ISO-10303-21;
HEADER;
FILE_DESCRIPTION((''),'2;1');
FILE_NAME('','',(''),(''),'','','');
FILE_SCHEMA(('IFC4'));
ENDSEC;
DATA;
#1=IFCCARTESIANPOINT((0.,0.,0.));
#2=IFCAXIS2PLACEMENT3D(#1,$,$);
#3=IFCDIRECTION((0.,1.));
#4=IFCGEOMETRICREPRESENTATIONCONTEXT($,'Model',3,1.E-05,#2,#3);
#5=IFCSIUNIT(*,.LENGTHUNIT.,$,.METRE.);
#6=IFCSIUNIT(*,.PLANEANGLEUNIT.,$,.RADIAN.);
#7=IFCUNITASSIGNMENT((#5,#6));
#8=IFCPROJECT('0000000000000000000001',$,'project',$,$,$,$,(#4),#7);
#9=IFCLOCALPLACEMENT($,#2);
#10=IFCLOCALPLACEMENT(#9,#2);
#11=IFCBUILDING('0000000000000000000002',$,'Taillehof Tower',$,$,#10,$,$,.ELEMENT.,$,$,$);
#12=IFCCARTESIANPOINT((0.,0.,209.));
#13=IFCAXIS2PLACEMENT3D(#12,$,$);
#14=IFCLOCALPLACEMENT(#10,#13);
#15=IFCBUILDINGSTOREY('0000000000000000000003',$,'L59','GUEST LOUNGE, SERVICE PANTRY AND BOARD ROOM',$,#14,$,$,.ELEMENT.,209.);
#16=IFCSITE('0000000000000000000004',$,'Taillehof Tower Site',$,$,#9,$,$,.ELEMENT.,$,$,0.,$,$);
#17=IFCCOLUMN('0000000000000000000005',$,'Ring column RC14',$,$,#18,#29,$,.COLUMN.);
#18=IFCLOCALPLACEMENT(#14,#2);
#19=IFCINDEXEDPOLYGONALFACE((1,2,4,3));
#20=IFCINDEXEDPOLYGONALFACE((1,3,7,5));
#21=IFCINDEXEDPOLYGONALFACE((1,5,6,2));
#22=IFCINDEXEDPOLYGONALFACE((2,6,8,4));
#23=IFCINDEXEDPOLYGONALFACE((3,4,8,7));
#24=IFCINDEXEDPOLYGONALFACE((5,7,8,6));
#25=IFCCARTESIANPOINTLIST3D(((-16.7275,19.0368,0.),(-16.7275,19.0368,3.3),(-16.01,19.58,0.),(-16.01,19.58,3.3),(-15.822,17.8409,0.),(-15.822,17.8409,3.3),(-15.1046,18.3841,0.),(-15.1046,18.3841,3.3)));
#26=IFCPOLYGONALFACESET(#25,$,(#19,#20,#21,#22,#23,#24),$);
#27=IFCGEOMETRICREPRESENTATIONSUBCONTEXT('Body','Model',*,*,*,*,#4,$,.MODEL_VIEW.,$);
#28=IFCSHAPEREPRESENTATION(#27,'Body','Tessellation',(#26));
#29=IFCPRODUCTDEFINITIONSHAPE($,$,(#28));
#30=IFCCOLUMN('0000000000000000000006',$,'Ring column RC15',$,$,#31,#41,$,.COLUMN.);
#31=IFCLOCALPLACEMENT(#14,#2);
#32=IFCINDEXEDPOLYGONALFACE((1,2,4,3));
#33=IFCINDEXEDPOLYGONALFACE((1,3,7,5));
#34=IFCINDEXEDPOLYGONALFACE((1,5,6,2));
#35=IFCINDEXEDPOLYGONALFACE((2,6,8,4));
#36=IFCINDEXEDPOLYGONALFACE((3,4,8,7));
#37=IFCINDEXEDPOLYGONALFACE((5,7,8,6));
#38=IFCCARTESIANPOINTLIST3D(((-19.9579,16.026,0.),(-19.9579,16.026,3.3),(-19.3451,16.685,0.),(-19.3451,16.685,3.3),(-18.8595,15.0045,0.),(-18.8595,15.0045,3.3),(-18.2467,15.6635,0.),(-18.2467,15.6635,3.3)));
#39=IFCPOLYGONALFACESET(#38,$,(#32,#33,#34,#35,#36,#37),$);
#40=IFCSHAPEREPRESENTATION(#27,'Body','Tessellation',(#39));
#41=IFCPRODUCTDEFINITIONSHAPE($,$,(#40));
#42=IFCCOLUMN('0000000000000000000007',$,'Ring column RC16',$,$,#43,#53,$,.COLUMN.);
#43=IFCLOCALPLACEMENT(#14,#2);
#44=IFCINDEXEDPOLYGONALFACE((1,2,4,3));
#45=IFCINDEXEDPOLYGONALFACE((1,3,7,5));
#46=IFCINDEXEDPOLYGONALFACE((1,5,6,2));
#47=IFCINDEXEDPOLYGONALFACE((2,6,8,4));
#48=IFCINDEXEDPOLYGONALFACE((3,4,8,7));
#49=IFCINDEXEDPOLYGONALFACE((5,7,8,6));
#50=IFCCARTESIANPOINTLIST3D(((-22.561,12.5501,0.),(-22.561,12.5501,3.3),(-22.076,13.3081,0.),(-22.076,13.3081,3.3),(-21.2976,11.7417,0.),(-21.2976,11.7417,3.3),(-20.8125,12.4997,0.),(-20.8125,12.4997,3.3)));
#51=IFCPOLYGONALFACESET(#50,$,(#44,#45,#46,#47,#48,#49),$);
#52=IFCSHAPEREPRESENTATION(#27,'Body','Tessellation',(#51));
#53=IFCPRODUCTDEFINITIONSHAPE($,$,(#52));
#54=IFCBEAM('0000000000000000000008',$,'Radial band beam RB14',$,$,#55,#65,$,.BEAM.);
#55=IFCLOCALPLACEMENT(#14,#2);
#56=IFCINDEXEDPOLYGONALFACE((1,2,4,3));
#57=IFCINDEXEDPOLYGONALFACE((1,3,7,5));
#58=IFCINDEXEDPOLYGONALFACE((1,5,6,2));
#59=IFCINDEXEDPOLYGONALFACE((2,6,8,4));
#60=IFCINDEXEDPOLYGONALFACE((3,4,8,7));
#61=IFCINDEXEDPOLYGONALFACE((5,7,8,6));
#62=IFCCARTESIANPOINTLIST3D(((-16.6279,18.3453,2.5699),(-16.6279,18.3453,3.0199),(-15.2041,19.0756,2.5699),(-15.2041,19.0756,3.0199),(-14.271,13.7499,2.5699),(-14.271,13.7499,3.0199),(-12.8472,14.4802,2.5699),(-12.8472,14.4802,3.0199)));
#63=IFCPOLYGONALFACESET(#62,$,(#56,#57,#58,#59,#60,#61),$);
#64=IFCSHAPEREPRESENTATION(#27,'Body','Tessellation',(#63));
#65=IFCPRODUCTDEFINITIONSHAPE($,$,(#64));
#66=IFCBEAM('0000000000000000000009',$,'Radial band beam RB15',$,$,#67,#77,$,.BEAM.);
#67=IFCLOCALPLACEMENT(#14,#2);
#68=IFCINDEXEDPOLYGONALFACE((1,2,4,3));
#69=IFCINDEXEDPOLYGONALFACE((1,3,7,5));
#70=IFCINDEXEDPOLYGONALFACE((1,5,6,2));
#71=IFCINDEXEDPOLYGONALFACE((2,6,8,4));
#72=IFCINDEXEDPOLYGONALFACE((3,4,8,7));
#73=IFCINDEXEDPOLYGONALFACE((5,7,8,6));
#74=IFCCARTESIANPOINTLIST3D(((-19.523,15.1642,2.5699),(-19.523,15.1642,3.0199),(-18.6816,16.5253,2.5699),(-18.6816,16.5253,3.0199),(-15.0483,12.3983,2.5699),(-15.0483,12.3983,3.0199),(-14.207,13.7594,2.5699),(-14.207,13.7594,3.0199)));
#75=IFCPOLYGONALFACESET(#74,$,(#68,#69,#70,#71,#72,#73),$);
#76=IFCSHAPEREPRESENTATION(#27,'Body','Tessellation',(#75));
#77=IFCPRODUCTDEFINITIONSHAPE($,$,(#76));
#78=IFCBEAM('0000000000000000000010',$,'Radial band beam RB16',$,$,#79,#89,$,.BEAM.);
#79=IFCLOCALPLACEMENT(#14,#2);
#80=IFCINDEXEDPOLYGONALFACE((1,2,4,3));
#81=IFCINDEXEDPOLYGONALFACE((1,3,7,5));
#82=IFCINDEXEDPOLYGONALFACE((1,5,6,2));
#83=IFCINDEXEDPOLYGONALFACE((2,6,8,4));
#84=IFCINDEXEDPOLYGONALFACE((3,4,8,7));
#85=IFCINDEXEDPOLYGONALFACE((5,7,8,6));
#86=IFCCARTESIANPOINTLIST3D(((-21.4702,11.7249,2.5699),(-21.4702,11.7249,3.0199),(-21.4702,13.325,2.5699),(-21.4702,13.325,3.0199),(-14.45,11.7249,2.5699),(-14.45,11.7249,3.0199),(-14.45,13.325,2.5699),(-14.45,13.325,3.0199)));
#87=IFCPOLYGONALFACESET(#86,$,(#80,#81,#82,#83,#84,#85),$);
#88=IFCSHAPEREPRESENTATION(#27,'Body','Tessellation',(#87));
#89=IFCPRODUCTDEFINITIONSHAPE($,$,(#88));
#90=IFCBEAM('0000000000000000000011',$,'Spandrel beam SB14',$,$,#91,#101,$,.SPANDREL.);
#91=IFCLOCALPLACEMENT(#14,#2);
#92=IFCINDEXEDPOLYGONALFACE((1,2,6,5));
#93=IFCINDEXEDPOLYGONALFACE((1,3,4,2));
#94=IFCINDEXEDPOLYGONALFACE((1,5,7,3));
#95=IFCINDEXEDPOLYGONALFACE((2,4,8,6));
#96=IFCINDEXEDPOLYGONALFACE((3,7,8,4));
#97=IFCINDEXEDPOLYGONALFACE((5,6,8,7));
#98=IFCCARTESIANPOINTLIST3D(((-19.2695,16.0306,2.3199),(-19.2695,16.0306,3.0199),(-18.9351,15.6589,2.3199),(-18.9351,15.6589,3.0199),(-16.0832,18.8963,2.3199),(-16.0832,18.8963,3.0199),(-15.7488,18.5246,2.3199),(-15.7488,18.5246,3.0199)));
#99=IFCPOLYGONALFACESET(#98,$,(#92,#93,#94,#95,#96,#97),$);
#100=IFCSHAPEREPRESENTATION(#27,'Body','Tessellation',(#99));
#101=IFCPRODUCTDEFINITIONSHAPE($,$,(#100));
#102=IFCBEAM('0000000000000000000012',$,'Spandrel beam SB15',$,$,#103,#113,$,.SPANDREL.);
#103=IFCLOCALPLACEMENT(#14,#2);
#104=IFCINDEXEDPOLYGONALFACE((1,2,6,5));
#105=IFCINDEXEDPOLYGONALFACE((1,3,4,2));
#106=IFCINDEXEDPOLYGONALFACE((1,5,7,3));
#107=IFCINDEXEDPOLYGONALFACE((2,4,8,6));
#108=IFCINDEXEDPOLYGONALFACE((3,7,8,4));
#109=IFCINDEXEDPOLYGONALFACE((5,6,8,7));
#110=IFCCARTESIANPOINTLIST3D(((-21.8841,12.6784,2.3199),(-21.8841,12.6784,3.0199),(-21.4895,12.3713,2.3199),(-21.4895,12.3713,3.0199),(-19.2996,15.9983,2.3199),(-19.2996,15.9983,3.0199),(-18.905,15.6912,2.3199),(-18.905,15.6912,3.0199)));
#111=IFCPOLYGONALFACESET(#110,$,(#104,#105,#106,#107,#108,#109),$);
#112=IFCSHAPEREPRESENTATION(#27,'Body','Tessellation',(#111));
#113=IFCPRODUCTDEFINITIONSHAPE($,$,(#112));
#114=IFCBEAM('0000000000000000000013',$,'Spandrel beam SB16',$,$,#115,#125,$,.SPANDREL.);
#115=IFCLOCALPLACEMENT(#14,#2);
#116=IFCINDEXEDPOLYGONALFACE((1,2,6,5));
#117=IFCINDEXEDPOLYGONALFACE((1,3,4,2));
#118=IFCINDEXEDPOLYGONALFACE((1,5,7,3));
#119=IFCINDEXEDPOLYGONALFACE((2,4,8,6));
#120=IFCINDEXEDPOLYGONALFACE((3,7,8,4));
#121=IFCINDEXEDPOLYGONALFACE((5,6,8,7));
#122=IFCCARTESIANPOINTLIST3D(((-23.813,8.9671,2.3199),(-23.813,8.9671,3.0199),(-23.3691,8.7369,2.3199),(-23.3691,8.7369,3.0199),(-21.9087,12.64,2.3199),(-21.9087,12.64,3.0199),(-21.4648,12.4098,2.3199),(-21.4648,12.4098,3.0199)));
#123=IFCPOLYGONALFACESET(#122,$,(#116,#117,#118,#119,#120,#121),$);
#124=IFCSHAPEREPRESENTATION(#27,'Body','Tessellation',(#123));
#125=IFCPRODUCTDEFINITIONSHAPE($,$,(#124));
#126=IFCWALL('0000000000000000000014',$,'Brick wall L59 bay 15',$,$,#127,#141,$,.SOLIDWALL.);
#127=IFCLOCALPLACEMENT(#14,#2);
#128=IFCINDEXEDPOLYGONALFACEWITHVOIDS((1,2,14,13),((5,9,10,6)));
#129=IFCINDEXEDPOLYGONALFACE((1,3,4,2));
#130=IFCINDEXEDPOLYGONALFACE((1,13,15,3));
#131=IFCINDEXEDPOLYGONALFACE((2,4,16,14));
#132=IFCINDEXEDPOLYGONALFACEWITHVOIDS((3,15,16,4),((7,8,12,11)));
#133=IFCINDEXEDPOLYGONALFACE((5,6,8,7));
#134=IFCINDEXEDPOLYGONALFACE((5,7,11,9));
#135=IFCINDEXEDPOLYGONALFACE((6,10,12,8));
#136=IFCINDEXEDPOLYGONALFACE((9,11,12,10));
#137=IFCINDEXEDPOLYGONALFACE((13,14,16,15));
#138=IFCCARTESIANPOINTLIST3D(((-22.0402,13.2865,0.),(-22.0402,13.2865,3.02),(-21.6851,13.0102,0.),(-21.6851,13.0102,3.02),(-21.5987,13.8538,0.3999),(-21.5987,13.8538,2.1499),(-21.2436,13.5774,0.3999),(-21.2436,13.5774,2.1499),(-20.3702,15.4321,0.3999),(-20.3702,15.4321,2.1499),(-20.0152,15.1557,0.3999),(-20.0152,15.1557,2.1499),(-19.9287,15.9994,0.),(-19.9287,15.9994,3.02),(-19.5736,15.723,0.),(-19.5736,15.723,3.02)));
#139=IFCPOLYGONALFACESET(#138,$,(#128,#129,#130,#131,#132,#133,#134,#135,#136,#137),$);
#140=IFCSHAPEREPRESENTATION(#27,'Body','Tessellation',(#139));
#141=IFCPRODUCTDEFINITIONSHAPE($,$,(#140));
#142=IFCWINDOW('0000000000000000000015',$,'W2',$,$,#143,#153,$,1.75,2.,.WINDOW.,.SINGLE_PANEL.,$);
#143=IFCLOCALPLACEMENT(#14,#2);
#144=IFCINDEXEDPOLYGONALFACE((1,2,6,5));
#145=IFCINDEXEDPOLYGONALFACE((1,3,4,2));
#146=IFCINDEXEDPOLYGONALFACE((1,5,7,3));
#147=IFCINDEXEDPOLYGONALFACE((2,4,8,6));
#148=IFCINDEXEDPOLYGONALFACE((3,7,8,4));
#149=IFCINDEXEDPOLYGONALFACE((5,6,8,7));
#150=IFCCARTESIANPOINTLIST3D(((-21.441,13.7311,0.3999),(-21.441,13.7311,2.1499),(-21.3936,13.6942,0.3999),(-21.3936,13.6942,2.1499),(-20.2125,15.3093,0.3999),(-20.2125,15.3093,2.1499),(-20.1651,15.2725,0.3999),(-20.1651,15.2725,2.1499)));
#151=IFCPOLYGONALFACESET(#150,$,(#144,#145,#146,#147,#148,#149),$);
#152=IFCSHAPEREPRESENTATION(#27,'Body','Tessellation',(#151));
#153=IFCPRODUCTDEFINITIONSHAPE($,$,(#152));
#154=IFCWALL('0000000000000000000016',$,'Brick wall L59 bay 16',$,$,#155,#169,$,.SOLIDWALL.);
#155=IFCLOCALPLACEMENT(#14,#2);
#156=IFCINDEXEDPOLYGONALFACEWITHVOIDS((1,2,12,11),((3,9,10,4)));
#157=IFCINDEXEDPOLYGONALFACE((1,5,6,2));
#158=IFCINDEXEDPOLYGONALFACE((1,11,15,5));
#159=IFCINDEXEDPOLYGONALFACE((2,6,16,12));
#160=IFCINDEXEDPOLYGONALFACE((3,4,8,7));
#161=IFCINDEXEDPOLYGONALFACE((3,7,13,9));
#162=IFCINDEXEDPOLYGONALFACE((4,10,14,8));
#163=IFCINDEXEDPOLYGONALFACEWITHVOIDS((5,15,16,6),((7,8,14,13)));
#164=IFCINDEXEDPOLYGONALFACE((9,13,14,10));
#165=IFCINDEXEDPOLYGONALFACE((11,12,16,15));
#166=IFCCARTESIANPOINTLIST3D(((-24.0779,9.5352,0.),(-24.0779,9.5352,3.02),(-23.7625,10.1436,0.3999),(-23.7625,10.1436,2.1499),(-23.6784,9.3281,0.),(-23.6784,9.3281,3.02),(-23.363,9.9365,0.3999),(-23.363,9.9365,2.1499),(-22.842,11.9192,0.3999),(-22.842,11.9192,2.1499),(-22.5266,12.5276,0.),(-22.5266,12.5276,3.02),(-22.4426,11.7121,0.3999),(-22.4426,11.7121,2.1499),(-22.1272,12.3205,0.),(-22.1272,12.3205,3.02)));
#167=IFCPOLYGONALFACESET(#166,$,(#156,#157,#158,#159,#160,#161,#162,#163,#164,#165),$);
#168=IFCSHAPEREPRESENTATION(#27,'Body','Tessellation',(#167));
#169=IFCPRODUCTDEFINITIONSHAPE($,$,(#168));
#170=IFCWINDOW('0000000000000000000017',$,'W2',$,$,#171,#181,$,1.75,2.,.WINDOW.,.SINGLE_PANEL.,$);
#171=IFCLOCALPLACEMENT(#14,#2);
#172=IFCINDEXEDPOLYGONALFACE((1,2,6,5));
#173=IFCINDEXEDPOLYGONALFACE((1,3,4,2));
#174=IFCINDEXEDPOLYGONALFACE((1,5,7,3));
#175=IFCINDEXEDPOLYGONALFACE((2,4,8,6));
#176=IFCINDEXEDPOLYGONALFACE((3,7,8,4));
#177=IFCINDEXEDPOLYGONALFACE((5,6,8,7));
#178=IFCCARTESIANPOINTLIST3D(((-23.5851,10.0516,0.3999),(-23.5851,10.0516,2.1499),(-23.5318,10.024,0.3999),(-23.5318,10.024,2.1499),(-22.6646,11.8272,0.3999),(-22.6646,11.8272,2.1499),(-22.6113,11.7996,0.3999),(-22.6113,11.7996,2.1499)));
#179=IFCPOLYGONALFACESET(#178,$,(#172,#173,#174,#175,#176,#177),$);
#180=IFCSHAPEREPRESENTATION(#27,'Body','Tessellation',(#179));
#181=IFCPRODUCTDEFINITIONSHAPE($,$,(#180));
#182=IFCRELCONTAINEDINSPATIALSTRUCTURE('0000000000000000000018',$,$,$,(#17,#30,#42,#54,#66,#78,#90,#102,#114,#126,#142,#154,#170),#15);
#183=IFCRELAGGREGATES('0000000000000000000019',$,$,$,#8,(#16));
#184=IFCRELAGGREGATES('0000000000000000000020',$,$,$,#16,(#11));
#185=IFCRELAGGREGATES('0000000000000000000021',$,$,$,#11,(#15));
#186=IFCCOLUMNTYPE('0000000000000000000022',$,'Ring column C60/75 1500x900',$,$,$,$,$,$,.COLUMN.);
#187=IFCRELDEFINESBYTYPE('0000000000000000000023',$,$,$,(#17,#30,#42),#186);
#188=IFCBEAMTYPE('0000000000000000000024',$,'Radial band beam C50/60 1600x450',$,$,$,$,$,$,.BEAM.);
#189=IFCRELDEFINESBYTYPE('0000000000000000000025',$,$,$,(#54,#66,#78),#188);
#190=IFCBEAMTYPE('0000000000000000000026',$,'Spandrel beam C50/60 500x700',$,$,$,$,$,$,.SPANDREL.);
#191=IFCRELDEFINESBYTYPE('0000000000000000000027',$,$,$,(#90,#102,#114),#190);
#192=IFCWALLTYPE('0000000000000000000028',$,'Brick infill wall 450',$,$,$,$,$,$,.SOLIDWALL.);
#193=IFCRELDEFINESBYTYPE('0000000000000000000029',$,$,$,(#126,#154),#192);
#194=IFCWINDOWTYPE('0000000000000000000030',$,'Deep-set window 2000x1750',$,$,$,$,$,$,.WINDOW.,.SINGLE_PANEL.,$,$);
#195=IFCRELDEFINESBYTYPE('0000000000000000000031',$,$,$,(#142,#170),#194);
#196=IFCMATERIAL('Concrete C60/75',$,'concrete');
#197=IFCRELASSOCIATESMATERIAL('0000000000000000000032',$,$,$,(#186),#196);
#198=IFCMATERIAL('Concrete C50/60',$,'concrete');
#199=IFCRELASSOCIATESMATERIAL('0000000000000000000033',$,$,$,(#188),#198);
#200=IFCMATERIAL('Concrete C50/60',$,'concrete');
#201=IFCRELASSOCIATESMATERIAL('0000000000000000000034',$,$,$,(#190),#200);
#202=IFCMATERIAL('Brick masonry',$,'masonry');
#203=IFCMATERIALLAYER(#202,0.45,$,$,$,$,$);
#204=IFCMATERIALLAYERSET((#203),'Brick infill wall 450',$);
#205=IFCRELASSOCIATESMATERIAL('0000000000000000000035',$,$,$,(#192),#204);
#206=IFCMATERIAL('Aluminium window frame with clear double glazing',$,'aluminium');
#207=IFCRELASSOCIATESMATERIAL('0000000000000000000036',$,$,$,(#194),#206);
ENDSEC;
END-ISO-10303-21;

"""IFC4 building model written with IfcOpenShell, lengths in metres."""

from ifc_helpers import new_model, si_unit, direction, frame, frame_2d, origin, origin_2d, place, context, subcontext, project, spatial, rectangle, extrude, material, layer, layer_set, material_profile, profile_set, type_object, element, fill, save


model = new_model("IFC4")

# Units and contexts
model_context = context("Model", 3, precision=1e-05, world=origin(), true_north=direction((0.0, 1.0)))
body_context = subcontext(model_context, "Body", "Model", "MODEL_VIEW")
ifc_project = project(units=[si_unit("LENGTHUNIT", "METRE"), si_unit("PLANEANGLEUNIT", "RADIAN")], contexts=[model_context])

# Site, building, storey
site_placement = place(None, origin())
site = spatial("IfcSite", under=ifc_project, at=site_placement, Name="Taillehof Tower Site", CompositionType="ELEMENT", RefElevation=0.0)
building_placement = place(site_placement, origin())
building = spatial("IfcBuilding", under=site, at=building_placement, Name="Taillehof Tower", CompositionType="ELEMENT")
storey_placement = place(building_placement, frame((0.0, 0.0, 209.0)))
storey = spatial("IfcBuildingStorey", under=building, at=storey_placement, Name="L59", Description="GUEST LOUNGE, SERVICE PANTRY AND BOARD ROOM", CompositionType="ELEMENT", Elevation=209.0)

# Columns
ifc_material_1 = material(Name="Concrete C60/75", Category="concrete")
ifc_material_profile_1 = material_profile(ifc_material_1, rectangle(XDim=1.5, YDim=0.8999, at=origin_2d()), Name="RC 1500x900")
ifc_profile_set_1 = profile_set([ifc_material_profile_1], Name="Concrete C60/75")
column_type = type_object("IfcColumnType", Name="Ring column C60/75 1500x900", PredefinedType="COLUMN", material=ifc_profile_set_1)
for number, where, z_axis, x_axis, name in (
    (1, (-15.916, 18.7104, 0.0), (0.0, 0.0, 1.0), (-0.603608, 0.797281, 0.0), "Ring column RC14"),
    (2, (-19.1023, 15.8447, 0.0), (0.0, 0.0, 1.0), (-0.732271, 0.681013, 0.0), "Ring column RC15"),
    (3, (-21.6868, 12.5249, 0.0), (0.0, 0.0, 1.0), (-0.842311, 0.538992, 0.0), "Ring column RC16"),
):
    element("IfcColumn", number, at=place(storey_placement, frame(where, z_axis=z_axis, x_axis=x_axis)), inside=storey, type_object=column_type, Name=name, PredefinedType="COLUMN", context=body_context, shape_type="SweptSolid", body=[
        extrude(rectangle(XDim=1.5, YDim=0.8999, at=origin_2d()), origin(), (0.0, 0.0, 1.0), 3.3),
    ])

# Beams
ifc_material_2 = material(Name="Concrete C50/60", Category="concrete")
ifc_material_profile_2 = material_profile(ifc_material_2, rectangle(XDim=1.6001, YDim=0.45, at=origin_2d()), Name="RC 1600x450")
ifc_profile_set_2 = profile_set([ifc_material_profile_2], Name="Concrete C50/60")
beam_type_1 = type_object("IfcBeamType", Name="Radial band beam C50/60 1600x450", PredefinedType="BEAM", material=ifc_profile_set_2)
beam_1_placement = place(storey_placement, frame((-15.916, 18.7104, 2.7949), z_axis=(0.456361, -0.889795, 0.0), x_axis=(0.889795, 0.456361, 0.0)))
element("IfcBeam", 4, at=beam_1_placement, inside=storey, type_object=beam_type_1, Name="Radial band beam RB14", PredefinedType="BEAM", context=body_context, shape_type="SweptSolid", body=[
    extrude(rectangle(XDim=1.6001, YDim=0.45, at=origin_2d()), origin(), (0.0, 0.0, 1.0), 5.1646),
])
beam_2_placement = place(storey_placement, frame((-19.1023, 15.8447, 2.7949), z_axis=(0.850616, -0.525787, 0.0), x_axis=(0.525787, 0.850616, 0.0)))
element("IfcBeam", 5, at=beam_2_placement, inside=storey, type_object=beam_type_1, Name="Radial band beam RB15", PredefinedType="BEAM", context=body_context, shape_type="SweptSolid", body=[
    extrude(rectangle(XDim=1.6001, YDim=0.45, at=origin_2d()), origin(), (0.0, 0.0, 1.0), 5.2605),
])
beam_3_placement = place(storey_placement, frame((-21.4702, 12.5249, 2.7949), z_axis=(1.0, 0.0, 0.0), x_axis=(0.0, 1.0, 0.0)))
element("IfcBeam", 6, at=beam_3_placement, inside=storey, type_object=beam_type_1, Name="Radial band beam RB16", PredefinedType="BEAM", context=body_context, shape_type="SweptSolid", body=[
    extrude(rectangle(XDim=1.6001, YDim=0.45, at=origin_2d()), origin(), (0.0, 0.0, 1.0), 7.0203),
])
ifc_material_3 = material(Name="Concrete C50/60", Category="concrete")
ifc_material_profile_3 = material_profile(ifc_material_3, rectangle(XDim=0.5, YDim=0.7, at=origin_2d()), Name="RC 500x700")
ifc_profile_set_3 = profile_set([ifc_material_profile_3], Name="Concrete C50/60")
beam_type_2 = type_object("IfcBeamType", Name="Spandrel beam C50/60 500x700", PredefinedType="SPANDREL", material=ifc_profile_set_3)
beam_4_placement = place(storey_placement, frame((-15.916, 18.7104, 2.6699), z_axis=(-0.743518, -0.668716, 0.0), x_axis=(0.668716, -0.743518, 0.0)))
element("IfcBeam", 7, at=beam_4_placement, inside=storey, type_object=beam_type_2, Name="Spandrel beam SB14", PredefinedType="SPANDREL", context=body_context, shape_type="SweptSolid", body=[
    extrude(rectangle(XDim=0.5, YDim=0.7, at=origin_2d()), origin(), (0.0, 0.0, 1.0), 4.2854),
])
beam_5_placement = place(storey_placement, frame((-19.1023, 15.8447, 2.6699), z_axis=(-0.614294, -0.789077, 0.0), x_axis=(0.789077, -0.614294, 0.0)))
element("IfcBeam", 8, at=beam_5_placement, inside=storey, type_object=beam_type_2, Name="Spandrel beam SB15", PredefinedType="SPANDREL", context=body_context, shape_type="SweptSolid", body=[
    extrude(rectangle(XDim=0.5, YDim=0.7, at=origin_2d()), origin(), (0.0, 0.0, 1.0), 4.2073),
])
beam_6_placement = place(storey_placement, frame((-21.6868, 12.5249, 2.6699), z_axis=(-0.46029, -0.887769, 0.0), x_axis=(0.887769, -0.46029, 0.0)))
element("IfcBeam", 9, at=beam_6_placement, inside=storey, type_object=beam_type_2, Name="Spandrel beam SB16", PredefinedType="SPANDREL", context=body_context, shape_type="SweptSolid", body=[
    extrude(rectangle(XDim=0.5, YDim=0.7, at=origin_2d()), origin(), (0.0, 0.0, 1.0), 4.1372),
])

# Walls, openings, windows
ifc_material_4 = material(Name="Brick masonry", Category="masonry")
ifc_layer_1 = layer(ifc_material_4, 0.45)
ifc_layer_set_1 = layer_set([ifc_layer_1], Name="Brick infill wall 450")
wall_type_1 = type_object("IfcWallType", Name="Brick infill wall 450", PredefinedType="SOLIDWALL", material=ifc_layer_set_1)
wall_1_placement = place(storey_placement, frame((-19.7512, 15.8611, 0.0), z_axis=(0.0, 0.0, 1.0), x_axis=(-0.614221, -0.789134, 0.0)))
wall_1 = element("IfcWall", 10, at=wall_1_placement, inside=storey, type_object=wall_type_1, Name="Brick wall L59 bay 15", PredefinedType="SOLIDWALL", context=body_context, shape_type="SweptSolid", body=[
    extrude(rectangle(XDim=3.4377, YDim=0.45, at=frame_2d((1.7188, 0.0))), origin(), (0.0, 0.0, 1.0), 3.02),
])
opening_1_placement = place(wall_1_placement, frame((0.7188, 0.0, 0.3999)))
opening_1 = element("IfcOpeningElement", 11, at=opening_1_placement, cuts=wall_1, PredefinedType="OPENING", context=body_context, shape_type="SweptSolid", body=[
    extrude(rectangle(XDim=2.0, YDim=1.75, at=frame_2d((1.0, 0.875))), frame((0.0, 0.2349, 0.0), z_axis=(0.0, -1.0, 0.0), x_axis=(1.0, 0.0, 0.0)), (0.0, 0.0, 1.0), 0.47),
])
ifc_material_5 = material(Name="Aluminium window frame with clear double glazing", Category="aluminium")
window_type_1 = type_object("IfcWindowType", Name="Deep-set window 2000x1750", PartitioningType="SINGLE_PANEL", PredefinedType="WINDOW", material=ifc_material_5)
window_1_placement = place(opening_1_placement, origin())
window_1 = element("IfcWindow", 12, at=window_1_placement, inside=storey, type_object=window_type_1, Name="W2", OverallHeight=1.75, OverallWidth=2.0, PartitioningType="SINGLE_PANEL", PredefinedType="WINDOW", context=body_context, shape_type="SweptSolid", body=[
    extrude(rectangle(XDim=2.0, YDim=1.75, at=frame_2d((1.0, 0.875))), frame((0.0, 0.0349, 0.0), z_axis=(0.0, -1.0, 0.0), x_axis=(1.0, 0.0, 0.0)), (0.0, 0.0, 1.0), 0.0601),
])
fill(opening_1, window_1)
wall_2_placement = place(storey_placement, frame((-22.3269, 12.4241, 0.0), z_axis=(0.0, 0.0, 1.0), x_axis=(-0.460233, -0.887798, 0.0)))
wall_2 = element("IfcWall", 13, at=wall_2_placement, inside=storey, type_object=wall_type_1, Name="Brick wall L59 bay 16", PredefinedType="SOLIDWALL", context=body_context, shape_type="SweptSolid", body=[
    extrude(rectangle(XDim=3.3706, YDim=0.45, at=frame_2d((1.6853, 0.0))), origin(), (0.0, 0.0, 1.0), 3.02),
])
opening_2_placement = place(wall_2_placement, frame((0.6853, 0.0, 0.3999)))
opening_2 = element("IfcOpeningElement", 14, at=opening_2_placement, cuts=wall_2, PredefinedType="OPENING", context=body_context, shape_type="SweptSolid", body=[
    extrude(rectangle(XDim=2.0, YDim=1.75, at=frame_2d((1.0, 0.875))), frame((0.0, 0.2349, 0.0), z_axis=(0.0, -1.0, 0.0), x_axis=(1.0, 0.0, 0.0)), (0.0, 0.0, 1.0), 0.47),
])
window_2_placement = place(opening_2_placement, origin())
window_2 = element("IfcWindow", 15, at=window_2_placement, inside=storey, type_object=window_type_1, Name="W2", OverallHeight=1.75, OverallWidth=2.0, PartitioningType="SINGLE_PANEL", PredefinedType="WINDOW", context=body_context, shape_type="SweptSolid", body=[
    extrude(rectangle(XDim=2.0, YDim=1.75, at=frame_2d((1.0, 0.875))), frame((0.0, 0.0349, 0.0), z_axis=(0.0, -1.0, 0.0), x_axis=(1.0, 0.0, 0.0)), (0.0, 0.0, 1.0), 0.0601),
])
fill(opening_2, window_2)

save(model, "model.ifc")
